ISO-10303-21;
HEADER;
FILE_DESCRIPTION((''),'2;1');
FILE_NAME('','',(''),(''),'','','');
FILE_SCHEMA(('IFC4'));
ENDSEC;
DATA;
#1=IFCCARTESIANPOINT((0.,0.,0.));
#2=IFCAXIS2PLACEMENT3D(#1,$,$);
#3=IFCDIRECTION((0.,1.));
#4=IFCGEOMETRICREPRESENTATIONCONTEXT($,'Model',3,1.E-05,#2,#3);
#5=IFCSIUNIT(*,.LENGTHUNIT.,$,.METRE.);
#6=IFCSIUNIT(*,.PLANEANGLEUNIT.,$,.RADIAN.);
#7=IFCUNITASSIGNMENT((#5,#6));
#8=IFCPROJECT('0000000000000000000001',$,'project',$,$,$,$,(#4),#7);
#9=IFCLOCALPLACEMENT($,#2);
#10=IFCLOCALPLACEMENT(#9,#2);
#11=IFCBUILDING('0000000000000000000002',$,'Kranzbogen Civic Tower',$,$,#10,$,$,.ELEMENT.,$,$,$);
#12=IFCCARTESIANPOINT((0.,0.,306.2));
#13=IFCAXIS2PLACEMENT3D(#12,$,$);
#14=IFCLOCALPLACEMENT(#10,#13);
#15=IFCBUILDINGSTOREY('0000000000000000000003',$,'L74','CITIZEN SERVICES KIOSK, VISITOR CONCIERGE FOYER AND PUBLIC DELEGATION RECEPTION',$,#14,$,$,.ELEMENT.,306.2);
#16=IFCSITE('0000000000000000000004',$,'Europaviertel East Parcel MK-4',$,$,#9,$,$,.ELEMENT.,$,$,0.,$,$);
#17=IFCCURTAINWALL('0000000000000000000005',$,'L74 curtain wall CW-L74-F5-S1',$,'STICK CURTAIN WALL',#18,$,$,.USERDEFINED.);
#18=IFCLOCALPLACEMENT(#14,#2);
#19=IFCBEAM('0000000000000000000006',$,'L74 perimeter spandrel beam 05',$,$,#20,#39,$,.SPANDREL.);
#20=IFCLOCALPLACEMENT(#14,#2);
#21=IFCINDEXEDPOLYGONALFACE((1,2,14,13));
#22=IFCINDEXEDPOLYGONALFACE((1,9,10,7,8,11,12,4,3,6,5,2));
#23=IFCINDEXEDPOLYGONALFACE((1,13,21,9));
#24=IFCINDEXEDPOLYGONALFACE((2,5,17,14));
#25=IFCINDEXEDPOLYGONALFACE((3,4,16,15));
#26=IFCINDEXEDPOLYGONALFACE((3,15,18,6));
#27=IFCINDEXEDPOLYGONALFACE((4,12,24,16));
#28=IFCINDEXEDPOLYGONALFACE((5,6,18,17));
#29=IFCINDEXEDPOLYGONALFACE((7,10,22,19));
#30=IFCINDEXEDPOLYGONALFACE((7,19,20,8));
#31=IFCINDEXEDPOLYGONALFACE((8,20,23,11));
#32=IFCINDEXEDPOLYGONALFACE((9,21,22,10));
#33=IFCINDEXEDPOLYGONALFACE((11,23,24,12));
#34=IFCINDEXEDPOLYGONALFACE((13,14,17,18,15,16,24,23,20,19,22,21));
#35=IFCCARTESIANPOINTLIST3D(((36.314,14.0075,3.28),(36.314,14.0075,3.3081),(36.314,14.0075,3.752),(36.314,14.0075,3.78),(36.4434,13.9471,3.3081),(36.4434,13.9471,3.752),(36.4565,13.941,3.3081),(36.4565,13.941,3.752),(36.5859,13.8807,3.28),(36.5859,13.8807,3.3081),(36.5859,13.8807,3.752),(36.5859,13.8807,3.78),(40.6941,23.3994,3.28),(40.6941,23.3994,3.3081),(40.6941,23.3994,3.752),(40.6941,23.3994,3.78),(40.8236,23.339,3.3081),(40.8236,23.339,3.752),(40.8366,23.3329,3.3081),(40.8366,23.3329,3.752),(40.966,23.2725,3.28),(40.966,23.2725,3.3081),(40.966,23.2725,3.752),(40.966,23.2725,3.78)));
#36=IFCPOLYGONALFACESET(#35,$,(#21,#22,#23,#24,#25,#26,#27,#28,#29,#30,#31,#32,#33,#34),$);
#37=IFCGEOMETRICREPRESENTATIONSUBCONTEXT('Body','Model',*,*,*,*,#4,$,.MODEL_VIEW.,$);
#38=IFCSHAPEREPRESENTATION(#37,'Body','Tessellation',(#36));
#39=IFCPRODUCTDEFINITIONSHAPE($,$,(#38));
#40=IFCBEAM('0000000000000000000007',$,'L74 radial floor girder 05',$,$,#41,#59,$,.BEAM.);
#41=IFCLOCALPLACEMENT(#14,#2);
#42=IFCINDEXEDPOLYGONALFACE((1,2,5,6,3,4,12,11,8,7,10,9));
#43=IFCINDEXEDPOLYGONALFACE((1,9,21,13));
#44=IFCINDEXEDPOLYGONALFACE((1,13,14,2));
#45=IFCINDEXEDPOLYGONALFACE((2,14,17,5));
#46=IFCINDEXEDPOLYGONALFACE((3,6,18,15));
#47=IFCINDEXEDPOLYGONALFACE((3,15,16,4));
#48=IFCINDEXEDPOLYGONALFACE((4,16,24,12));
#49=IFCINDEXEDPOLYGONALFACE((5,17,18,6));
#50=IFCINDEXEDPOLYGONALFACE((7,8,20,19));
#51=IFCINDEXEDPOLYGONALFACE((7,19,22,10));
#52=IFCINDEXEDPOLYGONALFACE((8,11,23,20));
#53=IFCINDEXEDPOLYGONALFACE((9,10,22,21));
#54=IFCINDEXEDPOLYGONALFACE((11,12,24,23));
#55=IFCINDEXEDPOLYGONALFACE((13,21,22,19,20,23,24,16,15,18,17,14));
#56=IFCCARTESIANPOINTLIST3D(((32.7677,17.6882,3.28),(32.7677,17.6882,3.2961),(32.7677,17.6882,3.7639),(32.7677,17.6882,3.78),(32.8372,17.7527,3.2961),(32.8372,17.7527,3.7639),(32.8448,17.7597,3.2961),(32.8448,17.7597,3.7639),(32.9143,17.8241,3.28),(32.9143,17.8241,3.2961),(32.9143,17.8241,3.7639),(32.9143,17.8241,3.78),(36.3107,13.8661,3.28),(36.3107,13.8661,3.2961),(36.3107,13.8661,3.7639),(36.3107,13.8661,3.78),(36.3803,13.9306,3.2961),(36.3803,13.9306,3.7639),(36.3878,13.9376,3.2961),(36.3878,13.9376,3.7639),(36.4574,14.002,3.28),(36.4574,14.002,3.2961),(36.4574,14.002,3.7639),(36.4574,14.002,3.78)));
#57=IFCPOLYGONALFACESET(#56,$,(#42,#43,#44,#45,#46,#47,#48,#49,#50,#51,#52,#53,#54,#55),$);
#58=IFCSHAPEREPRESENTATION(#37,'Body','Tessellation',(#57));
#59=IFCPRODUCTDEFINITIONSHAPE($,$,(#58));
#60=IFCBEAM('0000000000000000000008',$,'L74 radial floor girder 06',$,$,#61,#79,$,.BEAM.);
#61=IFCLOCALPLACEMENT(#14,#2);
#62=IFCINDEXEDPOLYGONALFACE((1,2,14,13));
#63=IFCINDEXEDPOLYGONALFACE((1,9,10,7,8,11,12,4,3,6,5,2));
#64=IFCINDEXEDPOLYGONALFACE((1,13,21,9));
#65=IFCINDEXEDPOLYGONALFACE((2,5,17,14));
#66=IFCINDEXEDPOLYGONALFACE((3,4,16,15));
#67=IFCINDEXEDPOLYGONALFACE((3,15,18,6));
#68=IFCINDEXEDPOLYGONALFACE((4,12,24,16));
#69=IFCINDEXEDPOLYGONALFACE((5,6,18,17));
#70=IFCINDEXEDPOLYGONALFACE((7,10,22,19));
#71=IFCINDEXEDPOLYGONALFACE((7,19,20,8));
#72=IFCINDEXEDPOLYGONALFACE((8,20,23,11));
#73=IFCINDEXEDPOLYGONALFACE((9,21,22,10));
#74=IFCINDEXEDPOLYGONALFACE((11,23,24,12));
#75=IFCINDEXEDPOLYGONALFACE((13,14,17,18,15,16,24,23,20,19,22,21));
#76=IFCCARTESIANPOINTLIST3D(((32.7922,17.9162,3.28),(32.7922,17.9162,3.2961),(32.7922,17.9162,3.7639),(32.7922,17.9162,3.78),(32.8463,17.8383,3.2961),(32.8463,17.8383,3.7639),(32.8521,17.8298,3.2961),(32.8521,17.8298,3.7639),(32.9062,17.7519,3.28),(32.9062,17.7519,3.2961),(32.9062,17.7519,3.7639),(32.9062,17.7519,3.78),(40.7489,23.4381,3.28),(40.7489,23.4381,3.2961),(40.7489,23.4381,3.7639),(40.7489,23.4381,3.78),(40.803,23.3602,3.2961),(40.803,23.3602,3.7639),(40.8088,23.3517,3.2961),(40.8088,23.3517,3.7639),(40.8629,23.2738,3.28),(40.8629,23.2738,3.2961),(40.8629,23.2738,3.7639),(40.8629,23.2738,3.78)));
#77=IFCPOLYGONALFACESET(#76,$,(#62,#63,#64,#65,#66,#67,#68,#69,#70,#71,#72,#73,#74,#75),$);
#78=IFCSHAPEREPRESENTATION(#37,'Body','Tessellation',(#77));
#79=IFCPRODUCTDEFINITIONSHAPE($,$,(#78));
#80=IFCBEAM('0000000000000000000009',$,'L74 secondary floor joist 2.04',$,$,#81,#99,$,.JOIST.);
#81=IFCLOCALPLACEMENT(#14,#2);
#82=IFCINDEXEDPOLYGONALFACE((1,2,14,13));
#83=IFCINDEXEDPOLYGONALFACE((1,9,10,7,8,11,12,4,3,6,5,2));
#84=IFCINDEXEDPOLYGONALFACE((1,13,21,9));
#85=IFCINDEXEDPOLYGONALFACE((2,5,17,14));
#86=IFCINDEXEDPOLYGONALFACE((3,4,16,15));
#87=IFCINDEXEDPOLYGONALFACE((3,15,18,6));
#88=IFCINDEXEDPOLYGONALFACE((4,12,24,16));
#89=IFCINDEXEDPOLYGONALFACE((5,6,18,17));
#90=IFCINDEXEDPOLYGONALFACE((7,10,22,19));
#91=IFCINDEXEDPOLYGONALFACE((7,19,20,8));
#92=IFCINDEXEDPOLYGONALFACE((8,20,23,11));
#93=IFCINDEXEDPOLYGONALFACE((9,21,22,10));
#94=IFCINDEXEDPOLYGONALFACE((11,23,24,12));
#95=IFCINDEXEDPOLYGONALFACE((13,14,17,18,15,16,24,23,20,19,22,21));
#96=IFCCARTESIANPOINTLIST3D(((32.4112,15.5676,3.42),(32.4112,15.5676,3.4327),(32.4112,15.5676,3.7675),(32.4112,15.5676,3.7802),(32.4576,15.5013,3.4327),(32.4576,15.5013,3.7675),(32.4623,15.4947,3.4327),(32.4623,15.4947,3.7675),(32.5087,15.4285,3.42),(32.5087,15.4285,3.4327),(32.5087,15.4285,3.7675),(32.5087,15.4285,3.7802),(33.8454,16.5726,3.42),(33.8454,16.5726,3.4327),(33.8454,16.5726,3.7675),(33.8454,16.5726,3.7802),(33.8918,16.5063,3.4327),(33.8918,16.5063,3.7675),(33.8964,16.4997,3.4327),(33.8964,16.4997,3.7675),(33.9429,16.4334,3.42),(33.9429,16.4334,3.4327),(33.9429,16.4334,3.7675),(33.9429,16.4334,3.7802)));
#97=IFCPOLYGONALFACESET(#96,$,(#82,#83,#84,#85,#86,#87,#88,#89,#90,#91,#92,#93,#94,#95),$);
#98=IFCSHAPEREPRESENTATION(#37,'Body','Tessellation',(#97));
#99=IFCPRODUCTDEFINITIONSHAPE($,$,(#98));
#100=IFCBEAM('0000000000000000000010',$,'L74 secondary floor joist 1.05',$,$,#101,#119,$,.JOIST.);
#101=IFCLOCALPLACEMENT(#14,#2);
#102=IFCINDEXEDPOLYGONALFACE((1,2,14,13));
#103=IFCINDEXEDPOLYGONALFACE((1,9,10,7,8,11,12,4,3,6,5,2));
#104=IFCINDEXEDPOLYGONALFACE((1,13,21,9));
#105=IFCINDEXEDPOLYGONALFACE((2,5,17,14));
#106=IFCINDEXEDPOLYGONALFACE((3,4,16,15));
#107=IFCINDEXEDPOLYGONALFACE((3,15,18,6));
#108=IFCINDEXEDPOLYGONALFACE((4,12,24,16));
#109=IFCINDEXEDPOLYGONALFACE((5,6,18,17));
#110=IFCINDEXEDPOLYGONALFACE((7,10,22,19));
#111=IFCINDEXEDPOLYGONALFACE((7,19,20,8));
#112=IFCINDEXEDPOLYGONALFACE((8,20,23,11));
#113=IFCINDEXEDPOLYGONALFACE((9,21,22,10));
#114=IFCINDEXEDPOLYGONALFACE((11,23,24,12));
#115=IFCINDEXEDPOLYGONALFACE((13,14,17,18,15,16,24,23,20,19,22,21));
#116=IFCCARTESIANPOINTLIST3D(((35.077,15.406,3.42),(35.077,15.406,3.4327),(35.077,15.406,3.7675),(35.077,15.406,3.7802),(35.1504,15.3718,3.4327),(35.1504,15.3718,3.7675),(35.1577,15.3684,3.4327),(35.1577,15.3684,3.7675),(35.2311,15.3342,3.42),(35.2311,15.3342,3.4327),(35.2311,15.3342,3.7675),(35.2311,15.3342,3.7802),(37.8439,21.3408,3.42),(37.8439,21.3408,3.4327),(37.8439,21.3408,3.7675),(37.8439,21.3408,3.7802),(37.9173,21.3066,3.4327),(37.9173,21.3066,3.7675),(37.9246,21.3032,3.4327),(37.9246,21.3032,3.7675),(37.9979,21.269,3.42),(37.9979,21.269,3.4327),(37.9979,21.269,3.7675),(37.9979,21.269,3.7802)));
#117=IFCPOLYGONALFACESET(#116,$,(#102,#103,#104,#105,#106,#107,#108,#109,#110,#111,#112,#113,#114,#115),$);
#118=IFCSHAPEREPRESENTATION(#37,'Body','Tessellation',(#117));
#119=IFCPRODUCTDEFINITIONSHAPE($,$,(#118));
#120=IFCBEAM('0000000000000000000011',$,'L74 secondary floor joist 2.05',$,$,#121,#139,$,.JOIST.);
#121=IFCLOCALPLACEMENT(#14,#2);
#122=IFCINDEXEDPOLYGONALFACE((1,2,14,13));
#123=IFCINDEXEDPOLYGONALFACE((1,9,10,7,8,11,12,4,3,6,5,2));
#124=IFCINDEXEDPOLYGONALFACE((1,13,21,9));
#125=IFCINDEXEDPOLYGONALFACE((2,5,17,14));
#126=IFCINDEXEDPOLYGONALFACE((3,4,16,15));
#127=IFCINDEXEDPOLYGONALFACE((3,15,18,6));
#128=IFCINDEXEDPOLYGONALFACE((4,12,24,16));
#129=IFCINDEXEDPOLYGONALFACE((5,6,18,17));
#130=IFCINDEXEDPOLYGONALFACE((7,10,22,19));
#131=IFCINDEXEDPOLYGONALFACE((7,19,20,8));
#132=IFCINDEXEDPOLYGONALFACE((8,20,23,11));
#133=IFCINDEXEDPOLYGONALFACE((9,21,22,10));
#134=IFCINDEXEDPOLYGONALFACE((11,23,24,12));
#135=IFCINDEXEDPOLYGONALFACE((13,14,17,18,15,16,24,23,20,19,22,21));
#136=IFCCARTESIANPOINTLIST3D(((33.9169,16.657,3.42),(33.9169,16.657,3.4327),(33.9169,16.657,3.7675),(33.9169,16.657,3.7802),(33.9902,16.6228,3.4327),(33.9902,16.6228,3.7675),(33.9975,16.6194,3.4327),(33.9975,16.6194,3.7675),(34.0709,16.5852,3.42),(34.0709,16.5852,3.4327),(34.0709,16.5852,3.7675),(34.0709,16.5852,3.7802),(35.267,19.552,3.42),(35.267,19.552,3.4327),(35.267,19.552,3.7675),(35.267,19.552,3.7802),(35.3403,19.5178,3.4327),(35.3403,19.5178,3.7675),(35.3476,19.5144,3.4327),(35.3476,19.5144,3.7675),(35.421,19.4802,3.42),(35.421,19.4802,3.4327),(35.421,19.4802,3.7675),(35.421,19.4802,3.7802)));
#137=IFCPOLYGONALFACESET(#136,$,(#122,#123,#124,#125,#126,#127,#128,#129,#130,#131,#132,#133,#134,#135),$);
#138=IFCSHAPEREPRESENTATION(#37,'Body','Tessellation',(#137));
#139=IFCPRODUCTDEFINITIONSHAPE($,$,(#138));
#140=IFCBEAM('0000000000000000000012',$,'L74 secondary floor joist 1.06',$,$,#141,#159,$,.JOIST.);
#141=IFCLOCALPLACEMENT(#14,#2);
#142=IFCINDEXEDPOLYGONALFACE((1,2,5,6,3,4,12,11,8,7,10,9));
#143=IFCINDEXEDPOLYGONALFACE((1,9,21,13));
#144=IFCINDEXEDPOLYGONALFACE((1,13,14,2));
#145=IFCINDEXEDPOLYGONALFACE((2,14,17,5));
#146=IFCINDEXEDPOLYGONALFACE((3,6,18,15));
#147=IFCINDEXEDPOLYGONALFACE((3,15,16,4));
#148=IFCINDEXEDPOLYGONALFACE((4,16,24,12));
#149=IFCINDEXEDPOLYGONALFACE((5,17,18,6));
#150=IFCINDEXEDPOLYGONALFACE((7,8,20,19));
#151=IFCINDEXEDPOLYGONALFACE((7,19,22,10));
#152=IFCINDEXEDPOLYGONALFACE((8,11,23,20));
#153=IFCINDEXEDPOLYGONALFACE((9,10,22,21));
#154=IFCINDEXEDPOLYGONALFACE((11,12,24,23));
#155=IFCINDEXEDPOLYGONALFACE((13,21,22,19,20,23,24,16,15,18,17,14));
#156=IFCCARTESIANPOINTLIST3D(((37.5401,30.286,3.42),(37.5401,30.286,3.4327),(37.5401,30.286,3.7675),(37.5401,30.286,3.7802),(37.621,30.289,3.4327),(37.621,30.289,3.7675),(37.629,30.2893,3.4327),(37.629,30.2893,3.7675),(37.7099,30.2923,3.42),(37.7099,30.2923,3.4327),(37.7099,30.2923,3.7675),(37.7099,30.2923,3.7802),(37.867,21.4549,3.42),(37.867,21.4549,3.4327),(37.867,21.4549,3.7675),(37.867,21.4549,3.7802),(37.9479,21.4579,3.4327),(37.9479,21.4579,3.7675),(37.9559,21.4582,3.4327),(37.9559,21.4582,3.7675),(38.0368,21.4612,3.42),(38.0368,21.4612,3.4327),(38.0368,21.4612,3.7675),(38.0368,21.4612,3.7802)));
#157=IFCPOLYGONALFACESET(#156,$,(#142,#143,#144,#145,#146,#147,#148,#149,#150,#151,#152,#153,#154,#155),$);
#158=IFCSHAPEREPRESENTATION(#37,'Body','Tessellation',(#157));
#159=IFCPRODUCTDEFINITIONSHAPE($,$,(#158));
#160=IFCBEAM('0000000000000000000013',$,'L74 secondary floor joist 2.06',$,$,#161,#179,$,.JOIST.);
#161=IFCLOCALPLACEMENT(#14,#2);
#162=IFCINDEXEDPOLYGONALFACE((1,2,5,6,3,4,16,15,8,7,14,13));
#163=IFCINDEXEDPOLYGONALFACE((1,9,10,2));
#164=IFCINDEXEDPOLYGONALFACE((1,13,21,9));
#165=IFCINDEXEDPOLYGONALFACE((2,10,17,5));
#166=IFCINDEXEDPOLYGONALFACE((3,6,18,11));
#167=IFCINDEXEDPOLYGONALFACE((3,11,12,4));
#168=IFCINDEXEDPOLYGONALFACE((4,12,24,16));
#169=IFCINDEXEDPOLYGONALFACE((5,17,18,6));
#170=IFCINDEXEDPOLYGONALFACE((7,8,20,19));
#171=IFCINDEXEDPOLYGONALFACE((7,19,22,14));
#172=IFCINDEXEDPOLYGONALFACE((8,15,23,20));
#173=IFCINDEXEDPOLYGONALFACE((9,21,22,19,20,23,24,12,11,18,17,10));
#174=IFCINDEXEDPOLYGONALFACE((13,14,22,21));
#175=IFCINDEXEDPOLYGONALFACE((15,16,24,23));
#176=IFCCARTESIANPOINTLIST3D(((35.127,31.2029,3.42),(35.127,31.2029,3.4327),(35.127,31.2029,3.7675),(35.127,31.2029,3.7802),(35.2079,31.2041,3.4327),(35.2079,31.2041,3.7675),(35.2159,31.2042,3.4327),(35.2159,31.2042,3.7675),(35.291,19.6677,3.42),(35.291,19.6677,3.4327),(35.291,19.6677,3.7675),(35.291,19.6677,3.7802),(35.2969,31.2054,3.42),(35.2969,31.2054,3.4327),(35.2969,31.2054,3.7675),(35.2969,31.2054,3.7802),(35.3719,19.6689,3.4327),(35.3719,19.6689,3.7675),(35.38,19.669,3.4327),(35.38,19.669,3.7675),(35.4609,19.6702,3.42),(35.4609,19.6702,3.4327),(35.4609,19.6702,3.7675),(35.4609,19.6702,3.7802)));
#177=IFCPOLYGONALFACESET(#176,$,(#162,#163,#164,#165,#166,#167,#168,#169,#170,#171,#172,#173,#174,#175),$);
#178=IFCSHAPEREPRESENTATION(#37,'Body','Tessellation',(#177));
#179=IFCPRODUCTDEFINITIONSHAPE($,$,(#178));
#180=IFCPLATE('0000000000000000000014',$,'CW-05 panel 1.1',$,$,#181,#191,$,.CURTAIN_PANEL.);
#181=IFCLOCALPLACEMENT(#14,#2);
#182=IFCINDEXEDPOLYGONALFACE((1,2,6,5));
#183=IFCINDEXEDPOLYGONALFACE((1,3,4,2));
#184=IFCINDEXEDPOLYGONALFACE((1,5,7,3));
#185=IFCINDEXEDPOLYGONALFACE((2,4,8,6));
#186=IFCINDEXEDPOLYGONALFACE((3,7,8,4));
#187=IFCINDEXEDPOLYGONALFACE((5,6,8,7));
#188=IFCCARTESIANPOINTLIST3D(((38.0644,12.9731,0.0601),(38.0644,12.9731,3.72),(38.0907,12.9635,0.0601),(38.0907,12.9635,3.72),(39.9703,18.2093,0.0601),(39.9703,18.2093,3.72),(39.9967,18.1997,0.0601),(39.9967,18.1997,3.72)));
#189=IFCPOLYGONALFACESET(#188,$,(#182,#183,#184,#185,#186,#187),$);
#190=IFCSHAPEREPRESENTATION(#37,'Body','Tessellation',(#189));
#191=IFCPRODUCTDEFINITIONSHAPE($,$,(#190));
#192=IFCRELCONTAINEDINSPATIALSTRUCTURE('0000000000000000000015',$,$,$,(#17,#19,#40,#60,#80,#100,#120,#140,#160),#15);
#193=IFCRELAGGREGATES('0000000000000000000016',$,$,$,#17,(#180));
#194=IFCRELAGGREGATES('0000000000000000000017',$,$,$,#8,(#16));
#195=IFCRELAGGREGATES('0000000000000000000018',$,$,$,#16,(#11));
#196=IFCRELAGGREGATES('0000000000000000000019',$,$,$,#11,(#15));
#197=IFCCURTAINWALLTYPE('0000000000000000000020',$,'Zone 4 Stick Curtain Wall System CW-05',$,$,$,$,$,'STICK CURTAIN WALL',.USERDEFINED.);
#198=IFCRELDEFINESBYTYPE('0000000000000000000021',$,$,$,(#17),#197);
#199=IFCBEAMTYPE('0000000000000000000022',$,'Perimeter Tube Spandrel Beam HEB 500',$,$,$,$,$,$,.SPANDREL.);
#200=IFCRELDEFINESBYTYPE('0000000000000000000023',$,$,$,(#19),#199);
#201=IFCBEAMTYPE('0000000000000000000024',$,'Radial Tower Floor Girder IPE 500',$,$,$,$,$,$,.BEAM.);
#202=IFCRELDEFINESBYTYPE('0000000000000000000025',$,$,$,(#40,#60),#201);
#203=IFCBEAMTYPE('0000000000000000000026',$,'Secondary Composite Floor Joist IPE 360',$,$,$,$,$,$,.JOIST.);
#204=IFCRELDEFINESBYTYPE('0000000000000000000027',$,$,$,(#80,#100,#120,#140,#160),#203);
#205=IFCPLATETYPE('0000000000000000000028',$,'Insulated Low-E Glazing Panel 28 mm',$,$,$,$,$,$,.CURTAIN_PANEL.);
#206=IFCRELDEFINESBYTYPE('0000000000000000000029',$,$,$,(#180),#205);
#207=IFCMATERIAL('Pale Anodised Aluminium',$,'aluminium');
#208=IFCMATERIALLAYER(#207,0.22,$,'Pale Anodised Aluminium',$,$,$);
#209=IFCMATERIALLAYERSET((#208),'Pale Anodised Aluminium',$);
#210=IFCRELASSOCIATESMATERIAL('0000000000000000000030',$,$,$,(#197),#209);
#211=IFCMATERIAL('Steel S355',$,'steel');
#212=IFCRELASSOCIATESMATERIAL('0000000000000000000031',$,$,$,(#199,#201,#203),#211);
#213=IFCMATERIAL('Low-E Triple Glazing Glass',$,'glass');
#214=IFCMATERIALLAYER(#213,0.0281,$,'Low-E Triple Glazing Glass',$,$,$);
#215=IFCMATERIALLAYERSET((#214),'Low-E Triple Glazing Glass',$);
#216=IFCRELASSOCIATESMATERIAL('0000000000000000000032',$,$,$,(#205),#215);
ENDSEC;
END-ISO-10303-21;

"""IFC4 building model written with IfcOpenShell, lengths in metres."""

from ifc_helpers import new_model, si_unit, direction, frame, origin, origin_2d, place, context, subcontext, project, spatial, rectangle, i_section, extrude, material, layer, layer_set, material_profile, profile_set, type_object, element, aggregate, save


model = new_model("IFC4")

# Units and contexts
model_context = context("Model", 3, precision=1e-05, world=origin(), true_north=direction((0.0, 1.0)))
body_context = subcontext(model_context, "Body", "Model", "MODEL_VIEW")
ifc_project = project(units=[si_unit("LENGTHUNIT", "METRE"), si_unit("PLANEANGLEUNIT", "RADIAN")], contexts=[model_context])

# Site, building, storey
site_placement = place(None, origin())
site = spatial("IfcSite", under=ifc_project, at=site_placement, Name="Europaviertel East Parcel MK-4", CompositionType="ELEMENT", RefElevation=0.0)
building_placement = place(site_placement, origin())
building = spatial("IfcBuilding", under=site, at=building_placement, Name="Kranzbogen Civic Tower", CompositionType="ELEMENT")
storey_placement = place(building_placement, frame((0.0, 0.0, 306.2)))
storey = spatial("IfcBuildingStorey", under=building, at=storey_placement, Name="L74", Description="CITIZEN SERVICES KIOSK, VISITOR CONCIERGE FOYER AND PUBLIC DELEGATION RECEPTION", CompositionType="ELEMENT", Elevation=306.2)

# Shared definitions
ifc_material_1 = material(Name="Steel S355", Category="steel")

# Shared definitions
ifc_material_2 = material(Name="Pale Anodised Aluminium", Category="aluminium")
ifc_layer_1 = layer(ifc_material_2, 0.22, Name="Pale Anodised Aluminium")
ifc_layer_set_1 = layer_set([ifc_layer_1], Name="Pale Anodised Aluminium")
curtain_wall_type = type_object("IfcCurtainWallType", Name="Zone 4 Stick Curtain Wall System CW-05", ElementType="STICK CURTAIN WALL", PredefinedType="USERDEFINED", material=ifc_layer_set_1)

# Curtain wall
curtain_wall_1_placement = place(storey_placement, origin())
curtain_wall_1 = element("IfcCurtainWall", 1, at=curtain_wall_1_placement, inside=storey, type_object=curtain_wall_type, Name="L74 curtain wall CW-L74-F5-S1", ObjectType="STICK CURTAIN WALL", PredefinedType="USERDEFINED")

# Beams
ifc_material_profile_1 = material_profile(ifc_material_1, i_section(OverallWidth=0.3, OverallDepth=0.5, WebThickness=0.0144, FlangeThickness=0.0281, at=origin_2d()), Name="HEB 500")
ifc_profile_set_1 = profile_set([ifc_material_profile_1], Name="Steel S355")
beam_type_1 = type_object("IfcBeamType", Name="Perimeter Tube Spandrel Beam HEB 500", PredefinedType="SPANDREL", material=ifc_profile_set_1)
beam_1_placement = place(storey_placement, frame((36.45, 13.9441, 3.53), z_axis=(0.422669, 0.906284, 0.0), x_axis=(-0.906284, 0.422669, 0.0)))
element("IfcBeam", 2, at=beam_1_placement, inside=storey, type_object=beam_type_1, Name="L74 perimeter spandrel beam 05", PredefinedType="SPANDREL", context=body_context, shape_type="SweptSolid", body=[
    extrude(i_section(OverallWidth=0.3, OverallDepth=0.5, WebThickness=0.0144, FlangeThickness=0.0281, at=origin_2d()), origin(), (0.0, 0.0, 1.0), 10.363),
])
ifc_material_profile_2 = material_profile(ifc_material_1, i_section(OverallWidth=0.2, OverallDepth=0.5, WebThickness=0.0103, FlangeThickness=0.0161, at=origin_2d()), Name="IPE 500")
ifc_profile_set_2 = profile_set([ifc_material_profile_2], Name="Steel S355")
beam_type_2 = type_object("IfcBeamType", Name="Radial Tower Floor Girder IPE 500", PredefinedType="BEAM", material=ifc_profile_set_2)
beam_2_placement = place(storey_placement, frame((36.384, 13.9341, 3.53), z_axis=(-0.679827, 0.733372, 0.0), x_axis=(-0.733372, -0.679827, 0.0)))
element("IfcBeam", 3, at=beam_2_placement, inside=storey, type_object=beam_type_2, Name="L74 radial floor girder 05", PredefinedType="BEAM", context=body_context, shape_type="SweptSolid", body=[
    extrude(i_section(OverallWidth=0.2, OverallDepth=0.5, WebThickness=0.0103, FlangeThickness=0.0161, at=origin_2d()), origin(), (0.0, 0.0, 1.0), 5.2117),
])
beam_3_placement = place(storey_placement, frame((40.8059, 23.356, 3.53), z_axis=(-0.821543, -0.570147, 0.0), x_axis=(0.570147, -0.821543, 0.0)))
element("IfcBeam", 4, at=beam_3_placement, inside=storey, type_object=beam_type_2, Name="L74 radial floor girder 06", PredefinedType="BEAM", context=body_context, shape_type="SweptSolid", body=[
    extrude(i_section(OverallWidth=0.2, OverallDepth=0.5, WebThickness=0.0103, FlangeThickness=0.0161, at=origin_2d()), origin(), (0.0, 0.0, 1.0), 9.6851),
])
ifc_material_profile_3 = material_profile(ifc_material_1, i_section(OverallWidth=0.1699, OverallDepth=0.3601, WebThickness=0.0081, FlangeThickness=0.0127, at=origin_2d()), Name="IPE 360")
ifc_profile_set_3 = profile_set([ifc_material_profile_3], Name="Steel S355")
beam_type_3 = type_object("IfcBeamType", Name="Secondary Composite Floor Joist IPE 360", PredefinedType="JOIST", material=ifc_profile_set_3)
beam_4_placement = place(storey_placement, frame((32.46, 15.498, 3.6001), z_axis=(0.818957, 0.573855, 0.0), x_axis=(-0.573855, 0.818957, 0.0)))
element("IfcBeam", 5, at=beam_4_placement, inside=storey, type_object=beam_type_3, Name="L74 secondary floor joist 2.04", PredefinedType="JOIST", context=body_context, shape_type="SweptSolid", body=[
    extrude(i_section(OverallWidth=0.1699, OverallDepth=0.3601, WebThickness=0.0081, FlangeThickness=0.0127, at=origin_2d()), origin(), (0.0, 0.0, 1.0), 1.7512),
])
beam_5_placement = place(storey_placement, frame((35.1541, 15.3701, 3.6001), z_axis=(0.422543, 0.906343, 0.0), x_axis=(-0.906343, 0.422543, 0.0)))
element("IfcBeam", 6, at=beam_5_placement, inside=storey, type_object=beam_type_3, Name="L74 secondary floor joist 1.05", PredefinedType="JOIST", context=body_context, shape_type="SweptSolid", body=[
    extrude(i_section(OverallWidth=0.1699, OverallDepth=0.3601, WebThickness=0.0081, FlangeThickness=0.0127, at=origin_2d()), origin(), (0.0, 0.0, 1.0), 6.5481),
])
beam_6_placement = place(storey_placement, frame((33.9939, 16.6211, 3.6001), z_axis=(0.422651, 0.906292, 0.0), x_axis=(-0.906292, 0.422651, 0.0)))
element("IfcBeam", 7, at=beam_6_placement, inside=storey, type_object=beam_type_3, Name="L74 secondary floor joist 2.05", PredefinedType="JOIST", context=body_context, shape_type="SweptSolid", body=[
    extrude(i_section(OverallWidth=0.1699, OverallDepth=0.3601, WebThickness=0.0081, FlangeThickness=0.0127, at=origin_2d()), origin(), (0.0, 0.0, 1.0), 3.1943),
])
beam_7_placement = place(storey_placement, frame((37.9519, 21.458, 3.6001), z_axis=(-0.036992, 0.999316, 0.0), x_axis=(-0.999316, -0.036992, 0.0)))
element("IfcBeam", 8, at=beam_7_placement, inside=storey, type_object=beam_type_3, Name="L74 secondary floor joist 1.06", PredefinedType="JOIST", context=body_context, shape_type="SweptSolid", body=[
    extrude(i_section(OverallWidth=0.1699, OverallDepth=0.3601, WebThickness=0.0081, FlangeThickness=0.0127, at=origin_2d()), origin(), (0.0, 0.0, 1.0), 8.8372),
])
beam_8_placement = place(storey_placement, frame((35.376, 19.6689, 3.6001), z_axis=(-0.014221, 0.999899, 0.0), x_axis=(-0.999899, -0.014221, 0.0)))
element("IfcBeam", 9, at=beam_8_placement, inside=storey, type_object=beam_type_3, Name="L74 secondary floor joist 2.06", PredefinedType="JOIST", context=body_context, shape_type="SweptSolid", body=[
    extrude(i_section(OverallWidth=0.1699, OverallDepth=0.3601, WebThickness=0.0081, FlangeThickness=0.0127, at=origin_2d()), origin(), (0.0, 0.0, 1.0), 11.5364),
])

# Plate
ifc_material_3 = material(Name="Low-E Triple Glazing Glass", Category="glass")
ifc_layer_2 = layer(ifc_material_3, 0.0281, Name="Low-E Triple Glazing Glass")
ifc_layer_set_2 = layer_set([ifc_layer_2], Name="Low-E Triple Glazing Glass")
plate_type = type_object("IfcPlateType", Name="Insulated Low-E Glazing Panel 28 mm", PredefinedType="CURTAIN_PANEL", material=ifc_layer_set_2)
plate_1_placement = place(storey_placement, frame((39.0305, 15.5864, 0.0601), z_axis=(0.0, 0.0, 1.0), x_axis=(0.342039, 0.939686, 0.0)))
plate_1 = element("IfcPlate", 10, at=plate_1_placement, type_object=plate_type, Name="CW-05 panel 1.1", PredefinedType="CURTAIN_PANEL", context=body_context, shape_type="SweptSolid", body=[
    extrude(rectangle(XDim=5.5723, YDim=0.0281, at=origin_2d()), origin(), (0.0, 0.0, 1.0), 3.6599),
])
aggregate(curtain_wall_1, [plate_1])

save(model, "model.ifc")
